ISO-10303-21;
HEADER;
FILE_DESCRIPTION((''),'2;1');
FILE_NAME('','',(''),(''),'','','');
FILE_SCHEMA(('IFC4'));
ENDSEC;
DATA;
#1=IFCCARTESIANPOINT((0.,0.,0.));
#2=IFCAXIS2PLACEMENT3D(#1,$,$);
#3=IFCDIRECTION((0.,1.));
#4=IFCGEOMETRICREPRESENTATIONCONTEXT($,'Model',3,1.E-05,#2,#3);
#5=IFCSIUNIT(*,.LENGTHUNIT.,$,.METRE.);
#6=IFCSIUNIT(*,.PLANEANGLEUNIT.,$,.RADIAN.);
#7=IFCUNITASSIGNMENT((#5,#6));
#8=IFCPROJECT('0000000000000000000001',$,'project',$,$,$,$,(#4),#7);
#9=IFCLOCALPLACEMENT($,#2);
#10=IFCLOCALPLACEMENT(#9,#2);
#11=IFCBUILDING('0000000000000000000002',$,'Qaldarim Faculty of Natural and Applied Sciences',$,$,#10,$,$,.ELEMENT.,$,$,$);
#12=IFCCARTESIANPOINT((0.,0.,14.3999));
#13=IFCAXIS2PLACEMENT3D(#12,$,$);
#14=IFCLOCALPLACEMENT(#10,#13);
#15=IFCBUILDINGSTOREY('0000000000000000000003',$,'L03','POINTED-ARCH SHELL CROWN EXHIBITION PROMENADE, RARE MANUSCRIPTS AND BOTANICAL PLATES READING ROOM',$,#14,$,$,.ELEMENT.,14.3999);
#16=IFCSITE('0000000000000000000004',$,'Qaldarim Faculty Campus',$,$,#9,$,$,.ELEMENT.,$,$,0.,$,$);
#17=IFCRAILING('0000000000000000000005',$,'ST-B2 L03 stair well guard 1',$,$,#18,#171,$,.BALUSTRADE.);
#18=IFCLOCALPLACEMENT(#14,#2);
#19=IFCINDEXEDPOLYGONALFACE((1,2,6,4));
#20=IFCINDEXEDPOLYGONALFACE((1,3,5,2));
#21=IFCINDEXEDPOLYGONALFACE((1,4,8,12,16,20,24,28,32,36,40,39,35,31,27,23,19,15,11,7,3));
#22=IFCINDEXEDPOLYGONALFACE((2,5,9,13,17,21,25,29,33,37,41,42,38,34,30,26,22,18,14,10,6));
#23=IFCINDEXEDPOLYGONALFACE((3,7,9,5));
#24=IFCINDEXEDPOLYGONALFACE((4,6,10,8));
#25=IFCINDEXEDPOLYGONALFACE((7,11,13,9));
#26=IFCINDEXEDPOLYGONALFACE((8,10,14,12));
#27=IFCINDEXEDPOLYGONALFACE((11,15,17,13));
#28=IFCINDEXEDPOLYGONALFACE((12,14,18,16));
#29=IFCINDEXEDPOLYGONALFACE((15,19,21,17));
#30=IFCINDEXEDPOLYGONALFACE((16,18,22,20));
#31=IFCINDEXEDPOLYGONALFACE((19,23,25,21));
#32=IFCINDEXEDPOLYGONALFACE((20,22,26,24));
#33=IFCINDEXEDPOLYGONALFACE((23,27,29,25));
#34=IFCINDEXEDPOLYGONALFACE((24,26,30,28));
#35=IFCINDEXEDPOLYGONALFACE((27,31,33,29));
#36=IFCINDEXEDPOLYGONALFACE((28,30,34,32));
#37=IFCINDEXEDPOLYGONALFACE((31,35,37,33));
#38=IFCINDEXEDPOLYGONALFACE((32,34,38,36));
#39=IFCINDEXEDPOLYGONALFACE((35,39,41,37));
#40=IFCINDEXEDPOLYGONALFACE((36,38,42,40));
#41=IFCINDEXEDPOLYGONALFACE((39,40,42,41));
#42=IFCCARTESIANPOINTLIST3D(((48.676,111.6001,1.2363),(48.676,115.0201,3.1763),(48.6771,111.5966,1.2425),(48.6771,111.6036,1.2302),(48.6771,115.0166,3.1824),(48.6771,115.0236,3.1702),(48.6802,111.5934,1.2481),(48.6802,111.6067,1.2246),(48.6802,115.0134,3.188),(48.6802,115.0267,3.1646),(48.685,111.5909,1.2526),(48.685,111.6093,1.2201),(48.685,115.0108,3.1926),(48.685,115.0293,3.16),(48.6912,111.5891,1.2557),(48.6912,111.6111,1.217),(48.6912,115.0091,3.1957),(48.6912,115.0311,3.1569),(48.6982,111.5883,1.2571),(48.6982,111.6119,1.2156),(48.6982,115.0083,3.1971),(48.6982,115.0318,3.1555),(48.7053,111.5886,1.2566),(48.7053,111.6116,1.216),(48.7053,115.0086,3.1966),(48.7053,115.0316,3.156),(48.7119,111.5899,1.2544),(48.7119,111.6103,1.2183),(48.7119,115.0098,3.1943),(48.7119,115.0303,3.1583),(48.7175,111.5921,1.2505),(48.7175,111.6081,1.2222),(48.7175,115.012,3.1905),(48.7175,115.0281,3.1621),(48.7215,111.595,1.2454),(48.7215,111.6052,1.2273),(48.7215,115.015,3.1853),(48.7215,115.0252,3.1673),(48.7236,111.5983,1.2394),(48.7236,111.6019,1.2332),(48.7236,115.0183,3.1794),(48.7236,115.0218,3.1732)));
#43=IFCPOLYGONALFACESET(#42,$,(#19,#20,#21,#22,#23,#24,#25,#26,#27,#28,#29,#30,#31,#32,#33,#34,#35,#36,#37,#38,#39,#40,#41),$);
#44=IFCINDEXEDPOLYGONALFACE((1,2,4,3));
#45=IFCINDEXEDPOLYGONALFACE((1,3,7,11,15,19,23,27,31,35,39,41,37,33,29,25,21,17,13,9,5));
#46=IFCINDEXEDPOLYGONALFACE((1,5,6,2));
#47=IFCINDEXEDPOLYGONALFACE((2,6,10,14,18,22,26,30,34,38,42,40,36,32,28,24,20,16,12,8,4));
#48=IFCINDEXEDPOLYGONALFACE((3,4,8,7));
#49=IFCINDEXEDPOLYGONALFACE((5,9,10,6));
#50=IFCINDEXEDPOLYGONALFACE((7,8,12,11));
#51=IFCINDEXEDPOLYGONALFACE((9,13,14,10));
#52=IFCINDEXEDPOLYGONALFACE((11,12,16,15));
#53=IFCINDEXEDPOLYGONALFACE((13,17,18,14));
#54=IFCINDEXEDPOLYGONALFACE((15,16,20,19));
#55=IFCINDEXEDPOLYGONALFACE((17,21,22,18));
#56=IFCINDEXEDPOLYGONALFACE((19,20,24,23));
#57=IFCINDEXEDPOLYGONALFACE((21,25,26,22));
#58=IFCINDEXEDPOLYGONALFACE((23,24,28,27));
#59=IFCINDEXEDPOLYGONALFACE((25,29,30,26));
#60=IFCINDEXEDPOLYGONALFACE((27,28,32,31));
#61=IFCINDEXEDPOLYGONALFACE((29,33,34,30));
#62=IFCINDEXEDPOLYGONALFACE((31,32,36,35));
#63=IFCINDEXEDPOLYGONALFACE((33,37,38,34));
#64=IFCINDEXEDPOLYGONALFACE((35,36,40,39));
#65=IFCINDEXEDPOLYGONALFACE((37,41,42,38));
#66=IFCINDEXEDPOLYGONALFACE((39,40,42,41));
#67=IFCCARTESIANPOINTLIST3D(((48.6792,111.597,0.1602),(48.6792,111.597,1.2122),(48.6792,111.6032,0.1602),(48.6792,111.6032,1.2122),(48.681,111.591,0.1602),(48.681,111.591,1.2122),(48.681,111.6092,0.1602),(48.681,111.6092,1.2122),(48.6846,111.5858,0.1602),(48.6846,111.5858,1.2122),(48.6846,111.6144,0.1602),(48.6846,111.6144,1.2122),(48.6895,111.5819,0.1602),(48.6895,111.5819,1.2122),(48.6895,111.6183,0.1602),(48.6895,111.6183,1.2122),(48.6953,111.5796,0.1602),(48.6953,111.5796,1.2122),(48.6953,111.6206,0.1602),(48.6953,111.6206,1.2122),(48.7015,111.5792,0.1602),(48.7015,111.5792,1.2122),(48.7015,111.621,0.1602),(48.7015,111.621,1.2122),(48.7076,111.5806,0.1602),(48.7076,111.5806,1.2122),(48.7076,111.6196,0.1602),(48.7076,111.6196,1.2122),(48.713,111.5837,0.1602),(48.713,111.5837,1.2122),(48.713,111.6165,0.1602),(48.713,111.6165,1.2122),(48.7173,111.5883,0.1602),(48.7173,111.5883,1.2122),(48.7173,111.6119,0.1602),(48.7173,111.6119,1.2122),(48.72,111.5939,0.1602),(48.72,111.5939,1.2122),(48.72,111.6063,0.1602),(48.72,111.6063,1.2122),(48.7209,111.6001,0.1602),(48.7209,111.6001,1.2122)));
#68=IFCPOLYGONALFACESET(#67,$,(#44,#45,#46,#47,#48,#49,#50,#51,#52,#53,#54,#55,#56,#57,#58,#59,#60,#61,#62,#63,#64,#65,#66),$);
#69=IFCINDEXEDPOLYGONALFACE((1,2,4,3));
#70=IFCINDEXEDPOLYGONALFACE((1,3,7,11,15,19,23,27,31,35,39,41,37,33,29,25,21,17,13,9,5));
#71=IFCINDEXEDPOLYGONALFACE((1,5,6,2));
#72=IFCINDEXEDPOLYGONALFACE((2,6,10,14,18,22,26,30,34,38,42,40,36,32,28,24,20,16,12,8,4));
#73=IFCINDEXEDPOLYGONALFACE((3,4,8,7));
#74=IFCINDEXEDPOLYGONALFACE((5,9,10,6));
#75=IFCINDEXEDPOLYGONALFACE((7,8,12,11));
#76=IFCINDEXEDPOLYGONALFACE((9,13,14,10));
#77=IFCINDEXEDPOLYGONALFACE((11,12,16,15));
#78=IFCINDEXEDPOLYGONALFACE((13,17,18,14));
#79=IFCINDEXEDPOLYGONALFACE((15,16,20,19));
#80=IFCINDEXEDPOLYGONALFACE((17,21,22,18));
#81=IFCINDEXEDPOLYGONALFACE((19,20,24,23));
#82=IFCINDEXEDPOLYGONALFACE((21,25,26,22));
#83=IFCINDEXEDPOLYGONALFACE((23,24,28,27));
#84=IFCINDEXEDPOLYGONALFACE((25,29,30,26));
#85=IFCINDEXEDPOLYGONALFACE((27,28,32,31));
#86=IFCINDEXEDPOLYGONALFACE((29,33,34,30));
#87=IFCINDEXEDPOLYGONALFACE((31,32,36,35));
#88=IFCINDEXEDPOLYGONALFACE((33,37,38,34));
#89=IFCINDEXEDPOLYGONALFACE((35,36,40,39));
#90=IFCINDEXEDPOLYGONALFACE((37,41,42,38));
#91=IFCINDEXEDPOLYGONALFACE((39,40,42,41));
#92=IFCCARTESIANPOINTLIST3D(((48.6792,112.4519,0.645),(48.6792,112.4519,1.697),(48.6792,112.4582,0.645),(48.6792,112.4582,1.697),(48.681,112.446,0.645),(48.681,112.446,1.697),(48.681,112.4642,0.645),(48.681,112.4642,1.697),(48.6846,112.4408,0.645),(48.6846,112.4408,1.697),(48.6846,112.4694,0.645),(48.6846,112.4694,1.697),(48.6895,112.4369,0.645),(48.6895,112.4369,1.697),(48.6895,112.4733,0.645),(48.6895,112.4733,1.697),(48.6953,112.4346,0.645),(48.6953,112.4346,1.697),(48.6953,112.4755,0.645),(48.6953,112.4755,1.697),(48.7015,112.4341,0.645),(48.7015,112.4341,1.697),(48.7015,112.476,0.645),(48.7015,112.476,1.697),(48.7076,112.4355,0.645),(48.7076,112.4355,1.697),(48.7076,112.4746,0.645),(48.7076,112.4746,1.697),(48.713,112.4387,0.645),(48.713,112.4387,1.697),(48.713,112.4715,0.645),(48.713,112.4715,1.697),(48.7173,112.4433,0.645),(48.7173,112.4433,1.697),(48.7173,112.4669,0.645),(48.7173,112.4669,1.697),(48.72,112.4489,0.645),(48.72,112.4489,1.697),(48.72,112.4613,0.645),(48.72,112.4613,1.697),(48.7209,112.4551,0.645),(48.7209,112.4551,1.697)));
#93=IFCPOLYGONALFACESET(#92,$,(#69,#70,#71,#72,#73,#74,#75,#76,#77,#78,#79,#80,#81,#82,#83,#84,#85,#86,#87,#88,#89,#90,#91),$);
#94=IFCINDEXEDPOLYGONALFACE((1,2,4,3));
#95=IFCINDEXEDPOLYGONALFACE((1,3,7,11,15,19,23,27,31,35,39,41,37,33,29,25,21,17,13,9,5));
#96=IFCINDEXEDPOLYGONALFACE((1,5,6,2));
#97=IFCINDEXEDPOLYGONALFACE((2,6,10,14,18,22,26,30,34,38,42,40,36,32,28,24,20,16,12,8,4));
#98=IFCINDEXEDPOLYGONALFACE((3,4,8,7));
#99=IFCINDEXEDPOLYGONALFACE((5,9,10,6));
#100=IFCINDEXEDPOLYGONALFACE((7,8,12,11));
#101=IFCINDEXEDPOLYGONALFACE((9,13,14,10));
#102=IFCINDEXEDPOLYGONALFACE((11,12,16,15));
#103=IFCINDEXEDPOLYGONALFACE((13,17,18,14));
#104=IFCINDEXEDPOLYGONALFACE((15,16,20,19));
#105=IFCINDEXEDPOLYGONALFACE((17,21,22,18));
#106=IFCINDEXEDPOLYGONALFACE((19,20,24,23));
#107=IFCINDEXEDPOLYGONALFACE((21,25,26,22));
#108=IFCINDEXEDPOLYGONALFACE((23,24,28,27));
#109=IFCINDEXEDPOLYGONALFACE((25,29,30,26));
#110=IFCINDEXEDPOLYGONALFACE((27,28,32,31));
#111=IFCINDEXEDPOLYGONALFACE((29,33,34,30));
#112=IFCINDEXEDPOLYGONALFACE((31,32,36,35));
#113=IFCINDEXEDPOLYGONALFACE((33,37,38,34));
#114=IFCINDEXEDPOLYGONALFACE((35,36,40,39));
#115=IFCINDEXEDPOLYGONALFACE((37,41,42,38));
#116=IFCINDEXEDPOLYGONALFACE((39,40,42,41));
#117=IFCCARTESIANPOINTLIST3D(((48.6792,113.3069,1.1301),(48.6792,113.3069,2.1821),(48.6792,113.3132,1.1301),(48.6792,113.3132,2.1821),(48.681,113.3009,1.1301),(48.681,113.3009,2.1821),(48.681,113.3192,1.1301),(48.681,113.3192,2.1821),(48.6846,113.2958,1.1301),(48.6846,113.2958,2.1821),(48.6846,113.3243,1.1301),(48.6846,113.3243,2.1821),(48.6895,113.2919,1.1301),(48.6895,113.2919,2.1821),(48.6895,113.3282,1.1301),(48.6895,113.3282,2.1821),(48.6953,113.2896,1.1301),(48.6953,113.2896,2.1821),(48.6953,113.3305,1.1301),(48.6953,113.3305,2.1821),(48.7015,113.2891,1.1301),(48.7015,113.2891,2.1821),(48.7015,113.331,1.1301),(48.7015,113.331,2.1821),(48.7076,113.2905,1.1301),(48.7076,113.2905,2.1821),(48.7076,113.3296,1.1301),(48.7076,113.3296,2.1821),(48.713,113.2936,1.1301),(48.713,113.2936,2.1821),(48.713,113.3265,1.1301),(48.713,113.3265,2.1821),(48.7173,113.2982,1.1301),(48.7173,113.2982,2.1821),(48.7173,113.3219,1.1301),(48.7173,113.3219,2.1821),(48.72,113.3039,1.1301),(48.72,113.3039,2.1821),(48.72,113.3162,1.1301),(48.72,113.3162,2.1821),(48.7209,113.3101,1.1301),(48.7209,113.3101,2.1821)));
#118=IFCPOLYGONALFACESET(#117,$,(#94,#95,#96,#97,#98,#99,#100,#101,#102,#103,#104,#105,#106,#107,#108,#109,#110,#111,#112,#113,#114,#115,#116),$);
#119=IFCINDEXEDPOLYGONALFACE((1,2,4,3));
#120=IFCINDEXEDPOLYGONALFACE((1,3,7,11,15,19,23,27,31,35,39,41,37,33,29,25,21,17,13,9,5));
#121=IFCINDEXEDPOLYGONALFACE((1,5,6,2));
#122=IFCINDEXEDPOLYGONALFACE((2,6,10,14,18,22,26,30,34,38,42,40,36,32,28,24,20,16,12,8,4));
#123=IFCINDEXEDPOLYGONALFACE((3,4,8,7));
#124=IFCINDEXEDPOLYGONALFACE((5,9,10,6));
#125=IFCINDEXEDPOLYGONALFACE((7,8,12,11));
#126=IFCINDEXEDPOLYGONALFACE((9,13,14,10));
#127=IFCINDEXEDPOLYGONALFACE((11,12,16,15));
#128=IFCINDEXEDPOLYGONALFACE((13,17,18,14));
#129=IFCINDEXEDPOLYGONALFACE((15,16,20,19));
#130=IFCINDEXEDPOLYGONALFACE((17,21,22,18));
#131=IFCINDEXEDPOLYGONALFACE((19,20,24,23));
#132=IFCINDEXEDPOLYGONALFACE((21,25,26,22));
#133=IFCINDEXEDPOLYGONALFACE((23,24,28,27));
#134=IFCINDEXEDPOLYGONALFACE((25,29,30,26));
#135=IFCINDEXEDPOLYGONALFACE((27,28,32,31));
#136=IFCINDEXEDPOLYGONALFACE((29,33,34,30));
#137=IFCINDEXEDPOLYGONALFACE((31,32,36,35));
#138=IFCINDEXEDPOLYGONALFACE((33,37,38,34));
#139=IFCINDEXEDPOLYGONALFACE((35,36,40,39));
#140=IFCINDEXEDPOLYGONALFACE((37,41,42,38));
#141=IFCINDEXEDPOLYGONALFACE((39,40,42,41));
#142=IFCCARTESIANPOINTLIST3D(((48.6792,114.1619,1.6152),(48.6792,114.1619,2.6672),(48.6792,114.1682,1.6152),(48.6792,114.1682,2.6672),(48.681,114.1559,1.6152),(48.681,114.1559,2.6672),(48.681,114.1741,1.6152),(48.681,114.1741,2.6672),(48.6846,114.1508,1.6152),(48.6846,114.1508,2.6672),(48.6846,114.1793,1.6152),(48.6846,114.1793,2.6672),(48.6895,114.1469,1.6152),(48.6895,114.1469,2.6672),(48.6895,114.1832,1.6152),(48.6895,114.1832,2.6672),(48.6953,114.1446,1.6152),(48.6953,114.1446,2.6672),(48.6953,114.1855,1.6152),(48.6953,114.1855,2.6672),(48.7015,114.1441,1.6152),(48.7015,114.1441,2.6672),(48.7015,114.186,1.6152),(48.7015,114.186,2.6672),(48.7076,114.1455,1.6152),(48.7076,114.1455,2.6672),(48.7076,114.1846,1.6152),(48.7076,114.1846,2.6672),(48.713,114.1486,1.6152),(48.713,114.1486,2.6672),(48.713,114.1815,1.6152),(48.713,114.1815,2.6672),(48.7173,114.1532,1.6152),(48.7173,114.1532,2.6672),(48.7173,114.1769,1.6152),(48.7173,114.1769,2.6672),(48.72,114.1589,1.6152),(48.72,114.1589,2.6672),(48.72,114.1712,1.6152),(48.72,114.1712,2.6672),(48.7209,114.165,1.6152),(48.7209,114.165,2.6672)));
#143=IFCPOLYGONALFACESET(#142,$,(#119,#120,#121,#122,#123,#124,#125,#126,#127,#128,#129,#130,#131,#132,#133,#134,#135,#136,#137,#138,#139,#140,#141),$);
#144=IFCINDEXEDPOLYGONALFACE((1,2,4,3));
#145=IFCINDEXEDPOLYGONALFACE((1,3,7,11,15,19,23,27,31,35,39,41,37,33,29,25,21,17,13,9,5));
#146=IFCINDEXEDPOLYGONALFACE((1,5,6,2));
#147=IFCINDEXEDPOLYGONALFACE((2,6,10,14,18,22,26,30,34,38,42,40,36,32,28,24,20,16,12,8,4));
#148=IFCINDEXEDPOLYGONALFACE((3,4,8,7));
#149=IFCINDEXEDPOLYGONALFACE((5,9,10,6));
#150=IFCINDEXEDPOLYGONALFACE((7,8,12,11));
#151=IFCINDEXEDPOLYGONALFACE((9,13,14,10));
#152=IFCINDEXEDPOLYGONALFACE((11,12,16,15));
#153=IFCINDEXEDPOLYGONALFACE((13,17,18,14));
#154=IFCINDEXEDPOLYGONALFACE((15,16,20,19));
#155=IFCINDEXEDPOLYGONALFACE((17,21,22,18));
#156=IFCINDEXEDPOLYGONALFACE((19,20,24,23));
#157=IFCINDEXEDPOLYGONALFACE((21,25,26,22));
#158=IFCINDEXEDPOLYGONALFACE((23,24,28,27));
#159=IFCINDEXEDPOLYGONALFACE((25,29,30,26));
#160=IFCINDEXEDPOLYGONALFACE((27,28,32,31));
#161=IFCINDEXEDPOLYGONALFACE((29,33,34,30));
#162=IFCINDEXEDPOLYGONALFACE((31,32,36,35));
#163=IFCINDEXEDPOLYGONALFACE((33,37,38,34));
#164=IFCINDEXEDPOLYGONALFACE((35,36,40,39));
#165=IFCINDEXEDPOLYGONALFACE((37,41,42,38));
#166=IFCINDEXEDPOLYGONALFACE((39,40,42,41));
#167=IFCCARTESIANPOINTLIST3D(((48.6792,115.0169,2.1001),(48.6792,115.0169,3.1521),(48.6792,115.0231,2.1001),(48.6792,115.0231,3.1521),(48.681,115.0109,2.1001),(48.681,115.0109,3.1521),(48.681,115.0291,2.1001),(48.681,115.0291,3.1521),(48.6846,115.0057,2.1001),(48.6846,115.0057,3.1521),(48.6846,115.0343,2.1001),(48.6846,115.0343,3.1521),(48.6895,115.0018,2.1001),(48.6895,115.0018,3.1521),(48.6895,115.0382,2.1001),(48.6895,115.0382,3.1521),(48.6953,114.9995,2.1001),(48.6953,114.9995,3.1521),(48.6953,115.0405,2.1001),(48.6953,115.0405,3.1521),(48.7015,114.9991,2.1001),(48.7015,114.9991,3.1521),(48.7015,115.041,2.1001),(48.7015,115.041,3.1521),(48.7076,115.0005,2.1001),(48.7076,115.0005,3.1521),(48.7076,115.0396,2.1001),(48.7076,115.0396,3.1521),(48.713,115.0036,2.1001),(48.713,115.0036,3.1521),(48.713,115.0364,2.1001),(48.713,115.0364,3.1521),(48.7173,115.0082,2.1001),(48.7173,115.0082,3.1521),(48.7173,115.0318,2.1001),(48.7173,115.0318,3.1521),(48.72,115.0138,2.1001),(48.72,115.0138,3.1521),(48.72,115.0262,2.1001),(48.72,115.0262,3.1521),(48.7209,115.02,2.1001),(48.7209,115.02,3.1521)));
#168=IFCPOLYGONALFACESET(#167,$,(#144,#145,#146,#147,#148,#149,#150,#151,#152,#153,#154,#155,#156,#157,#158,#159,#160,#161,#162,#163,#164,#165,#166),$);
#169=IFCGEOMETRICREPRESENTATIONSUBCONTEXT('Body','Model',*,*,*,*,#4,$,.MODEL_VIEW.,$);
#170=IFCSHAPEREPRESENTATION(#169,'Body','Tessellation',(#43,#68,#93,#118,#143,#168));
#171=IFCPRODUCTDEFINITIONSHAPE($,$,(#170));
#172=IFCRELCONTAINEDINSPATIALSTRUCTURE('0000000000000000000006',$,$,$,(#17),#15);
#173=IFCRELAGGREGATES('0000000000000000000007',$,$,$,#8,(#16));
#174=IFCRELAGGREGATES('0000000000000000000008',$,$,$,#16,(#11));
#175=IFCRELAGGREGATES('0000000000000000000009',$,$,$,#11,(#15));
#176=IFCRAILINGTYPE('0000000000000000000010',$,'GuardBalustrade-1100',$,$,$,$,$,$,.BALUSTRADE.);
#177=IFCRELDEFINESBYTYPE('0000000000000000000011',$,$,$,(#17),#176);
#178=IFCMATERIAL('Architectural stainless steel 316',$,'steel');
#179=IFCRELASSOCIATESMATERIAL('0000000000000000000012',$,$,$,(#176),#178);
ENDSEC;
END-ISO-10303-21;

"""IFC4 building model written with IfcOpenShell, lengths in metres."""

from ifc_helpers import new_model, si_unit, direction, frame, origin, origin_2d, place, context, subcontext, project, spatial, circle, extrude, material, type_object, element, save


model = new_model("IFC4")

# Units and contexts
model_context = context("Model", 3, precision=1e-05, world=origin(), true_north=direction((0.0, 1.0)))
body_context = subcontext(model_context, "Body", "Model", "MODEL_VIEW")
ifc_project = project(units=[si_unit("LENGTHUNIT", "METRE"), si_unit("PLANEANGLEUNIT", "RADIAN")], contexts=[model_context])

# Site, building, storey
site_placement = place(None, origin())
site = spatial("IfcSite", under=ifc_project, at=site_placement, Name="Qaldarim Faculty Campus", CompositionType="ELEMENT", RefElevation=0.0)
building_placement = place(site_placement, origin())
building = spatial("IfcBuilding", under=site, at=building_placement, Name="Qaldarim Faculty of Natural and Applied Sciences", CompositionType="ELEMENT")
storey_placement = place(building_placement, frame((0.0, 0.0, 14.3999)))
storey = spatial("IfcBuildingStorey", under=building, at=storey_placement, Name="L03", Description="POINTED-ARCH SHELL CROWN EXHIBITION PROMENADE, RARE MANUSCRIPTS AND BOTANICAL PLATES READING ROOM", CompositionType="ELEMENT", Elevation=14.3999)

# Shared definitions
ifc_material_1 = material(Name="Architectural stainless steel 316", Category="steel")

# Railing
railing_type_1 = type_object("IfcRailingType", Name="GuardBalustrade-1100", PredefinedType="BALUSTRADE", material=ifc_material_1)
railing_1_placement = place(storey_placement, frame((48.7, 111.6001, 0.1602)))
element("IfcRailing", 1, at=railing_1_placement, inside=storey, type_object=railing_type_1, Name="ST-B2 L03 stair well guard 1", PredefinedType="BALUSTRADE", context=body_context, shape_type="SweptSolid", body=[
    extrude(circle(Radius=0.0239, at=origin_2d()), frame((0.0, 0.0, 1.0762), z_axis=(0.0, 0.869805, 0.493395), x_axis=(-1.0, 0.0, 0.0)), (0.0, 0.0, 1.0), 3.9319),
    extrude(circle(Radius=0.021, at=origin_2d()), origin(), (0.0, 0.0, 1.0), 1.052),
    extrude(circle(Radius=0.021, at=origin_2d()), frame((0.0, 0.855, 0.4849)), (0.0, 0.0, 1.0), 1.052),
    extrude(circle(Radius=0.021, at=origin_2d()), frame((0.0, 1.71, 0.97)), (0.0, 0.0, 1.0), 1.052),
    extrude(circle(Radius=0.021, at=origin_2d()), frame((0.0, 2.5649, 1.4551)), (0.0, 0.0, 1.0), 1.052),
    extrude(circle(Radius=0.021, at=origin_2d()), frame((0.0, 3.4199, 1.9399)), (0.0, 0.0, 1.0), 1.052),
])

save(model, "model.ifc")
